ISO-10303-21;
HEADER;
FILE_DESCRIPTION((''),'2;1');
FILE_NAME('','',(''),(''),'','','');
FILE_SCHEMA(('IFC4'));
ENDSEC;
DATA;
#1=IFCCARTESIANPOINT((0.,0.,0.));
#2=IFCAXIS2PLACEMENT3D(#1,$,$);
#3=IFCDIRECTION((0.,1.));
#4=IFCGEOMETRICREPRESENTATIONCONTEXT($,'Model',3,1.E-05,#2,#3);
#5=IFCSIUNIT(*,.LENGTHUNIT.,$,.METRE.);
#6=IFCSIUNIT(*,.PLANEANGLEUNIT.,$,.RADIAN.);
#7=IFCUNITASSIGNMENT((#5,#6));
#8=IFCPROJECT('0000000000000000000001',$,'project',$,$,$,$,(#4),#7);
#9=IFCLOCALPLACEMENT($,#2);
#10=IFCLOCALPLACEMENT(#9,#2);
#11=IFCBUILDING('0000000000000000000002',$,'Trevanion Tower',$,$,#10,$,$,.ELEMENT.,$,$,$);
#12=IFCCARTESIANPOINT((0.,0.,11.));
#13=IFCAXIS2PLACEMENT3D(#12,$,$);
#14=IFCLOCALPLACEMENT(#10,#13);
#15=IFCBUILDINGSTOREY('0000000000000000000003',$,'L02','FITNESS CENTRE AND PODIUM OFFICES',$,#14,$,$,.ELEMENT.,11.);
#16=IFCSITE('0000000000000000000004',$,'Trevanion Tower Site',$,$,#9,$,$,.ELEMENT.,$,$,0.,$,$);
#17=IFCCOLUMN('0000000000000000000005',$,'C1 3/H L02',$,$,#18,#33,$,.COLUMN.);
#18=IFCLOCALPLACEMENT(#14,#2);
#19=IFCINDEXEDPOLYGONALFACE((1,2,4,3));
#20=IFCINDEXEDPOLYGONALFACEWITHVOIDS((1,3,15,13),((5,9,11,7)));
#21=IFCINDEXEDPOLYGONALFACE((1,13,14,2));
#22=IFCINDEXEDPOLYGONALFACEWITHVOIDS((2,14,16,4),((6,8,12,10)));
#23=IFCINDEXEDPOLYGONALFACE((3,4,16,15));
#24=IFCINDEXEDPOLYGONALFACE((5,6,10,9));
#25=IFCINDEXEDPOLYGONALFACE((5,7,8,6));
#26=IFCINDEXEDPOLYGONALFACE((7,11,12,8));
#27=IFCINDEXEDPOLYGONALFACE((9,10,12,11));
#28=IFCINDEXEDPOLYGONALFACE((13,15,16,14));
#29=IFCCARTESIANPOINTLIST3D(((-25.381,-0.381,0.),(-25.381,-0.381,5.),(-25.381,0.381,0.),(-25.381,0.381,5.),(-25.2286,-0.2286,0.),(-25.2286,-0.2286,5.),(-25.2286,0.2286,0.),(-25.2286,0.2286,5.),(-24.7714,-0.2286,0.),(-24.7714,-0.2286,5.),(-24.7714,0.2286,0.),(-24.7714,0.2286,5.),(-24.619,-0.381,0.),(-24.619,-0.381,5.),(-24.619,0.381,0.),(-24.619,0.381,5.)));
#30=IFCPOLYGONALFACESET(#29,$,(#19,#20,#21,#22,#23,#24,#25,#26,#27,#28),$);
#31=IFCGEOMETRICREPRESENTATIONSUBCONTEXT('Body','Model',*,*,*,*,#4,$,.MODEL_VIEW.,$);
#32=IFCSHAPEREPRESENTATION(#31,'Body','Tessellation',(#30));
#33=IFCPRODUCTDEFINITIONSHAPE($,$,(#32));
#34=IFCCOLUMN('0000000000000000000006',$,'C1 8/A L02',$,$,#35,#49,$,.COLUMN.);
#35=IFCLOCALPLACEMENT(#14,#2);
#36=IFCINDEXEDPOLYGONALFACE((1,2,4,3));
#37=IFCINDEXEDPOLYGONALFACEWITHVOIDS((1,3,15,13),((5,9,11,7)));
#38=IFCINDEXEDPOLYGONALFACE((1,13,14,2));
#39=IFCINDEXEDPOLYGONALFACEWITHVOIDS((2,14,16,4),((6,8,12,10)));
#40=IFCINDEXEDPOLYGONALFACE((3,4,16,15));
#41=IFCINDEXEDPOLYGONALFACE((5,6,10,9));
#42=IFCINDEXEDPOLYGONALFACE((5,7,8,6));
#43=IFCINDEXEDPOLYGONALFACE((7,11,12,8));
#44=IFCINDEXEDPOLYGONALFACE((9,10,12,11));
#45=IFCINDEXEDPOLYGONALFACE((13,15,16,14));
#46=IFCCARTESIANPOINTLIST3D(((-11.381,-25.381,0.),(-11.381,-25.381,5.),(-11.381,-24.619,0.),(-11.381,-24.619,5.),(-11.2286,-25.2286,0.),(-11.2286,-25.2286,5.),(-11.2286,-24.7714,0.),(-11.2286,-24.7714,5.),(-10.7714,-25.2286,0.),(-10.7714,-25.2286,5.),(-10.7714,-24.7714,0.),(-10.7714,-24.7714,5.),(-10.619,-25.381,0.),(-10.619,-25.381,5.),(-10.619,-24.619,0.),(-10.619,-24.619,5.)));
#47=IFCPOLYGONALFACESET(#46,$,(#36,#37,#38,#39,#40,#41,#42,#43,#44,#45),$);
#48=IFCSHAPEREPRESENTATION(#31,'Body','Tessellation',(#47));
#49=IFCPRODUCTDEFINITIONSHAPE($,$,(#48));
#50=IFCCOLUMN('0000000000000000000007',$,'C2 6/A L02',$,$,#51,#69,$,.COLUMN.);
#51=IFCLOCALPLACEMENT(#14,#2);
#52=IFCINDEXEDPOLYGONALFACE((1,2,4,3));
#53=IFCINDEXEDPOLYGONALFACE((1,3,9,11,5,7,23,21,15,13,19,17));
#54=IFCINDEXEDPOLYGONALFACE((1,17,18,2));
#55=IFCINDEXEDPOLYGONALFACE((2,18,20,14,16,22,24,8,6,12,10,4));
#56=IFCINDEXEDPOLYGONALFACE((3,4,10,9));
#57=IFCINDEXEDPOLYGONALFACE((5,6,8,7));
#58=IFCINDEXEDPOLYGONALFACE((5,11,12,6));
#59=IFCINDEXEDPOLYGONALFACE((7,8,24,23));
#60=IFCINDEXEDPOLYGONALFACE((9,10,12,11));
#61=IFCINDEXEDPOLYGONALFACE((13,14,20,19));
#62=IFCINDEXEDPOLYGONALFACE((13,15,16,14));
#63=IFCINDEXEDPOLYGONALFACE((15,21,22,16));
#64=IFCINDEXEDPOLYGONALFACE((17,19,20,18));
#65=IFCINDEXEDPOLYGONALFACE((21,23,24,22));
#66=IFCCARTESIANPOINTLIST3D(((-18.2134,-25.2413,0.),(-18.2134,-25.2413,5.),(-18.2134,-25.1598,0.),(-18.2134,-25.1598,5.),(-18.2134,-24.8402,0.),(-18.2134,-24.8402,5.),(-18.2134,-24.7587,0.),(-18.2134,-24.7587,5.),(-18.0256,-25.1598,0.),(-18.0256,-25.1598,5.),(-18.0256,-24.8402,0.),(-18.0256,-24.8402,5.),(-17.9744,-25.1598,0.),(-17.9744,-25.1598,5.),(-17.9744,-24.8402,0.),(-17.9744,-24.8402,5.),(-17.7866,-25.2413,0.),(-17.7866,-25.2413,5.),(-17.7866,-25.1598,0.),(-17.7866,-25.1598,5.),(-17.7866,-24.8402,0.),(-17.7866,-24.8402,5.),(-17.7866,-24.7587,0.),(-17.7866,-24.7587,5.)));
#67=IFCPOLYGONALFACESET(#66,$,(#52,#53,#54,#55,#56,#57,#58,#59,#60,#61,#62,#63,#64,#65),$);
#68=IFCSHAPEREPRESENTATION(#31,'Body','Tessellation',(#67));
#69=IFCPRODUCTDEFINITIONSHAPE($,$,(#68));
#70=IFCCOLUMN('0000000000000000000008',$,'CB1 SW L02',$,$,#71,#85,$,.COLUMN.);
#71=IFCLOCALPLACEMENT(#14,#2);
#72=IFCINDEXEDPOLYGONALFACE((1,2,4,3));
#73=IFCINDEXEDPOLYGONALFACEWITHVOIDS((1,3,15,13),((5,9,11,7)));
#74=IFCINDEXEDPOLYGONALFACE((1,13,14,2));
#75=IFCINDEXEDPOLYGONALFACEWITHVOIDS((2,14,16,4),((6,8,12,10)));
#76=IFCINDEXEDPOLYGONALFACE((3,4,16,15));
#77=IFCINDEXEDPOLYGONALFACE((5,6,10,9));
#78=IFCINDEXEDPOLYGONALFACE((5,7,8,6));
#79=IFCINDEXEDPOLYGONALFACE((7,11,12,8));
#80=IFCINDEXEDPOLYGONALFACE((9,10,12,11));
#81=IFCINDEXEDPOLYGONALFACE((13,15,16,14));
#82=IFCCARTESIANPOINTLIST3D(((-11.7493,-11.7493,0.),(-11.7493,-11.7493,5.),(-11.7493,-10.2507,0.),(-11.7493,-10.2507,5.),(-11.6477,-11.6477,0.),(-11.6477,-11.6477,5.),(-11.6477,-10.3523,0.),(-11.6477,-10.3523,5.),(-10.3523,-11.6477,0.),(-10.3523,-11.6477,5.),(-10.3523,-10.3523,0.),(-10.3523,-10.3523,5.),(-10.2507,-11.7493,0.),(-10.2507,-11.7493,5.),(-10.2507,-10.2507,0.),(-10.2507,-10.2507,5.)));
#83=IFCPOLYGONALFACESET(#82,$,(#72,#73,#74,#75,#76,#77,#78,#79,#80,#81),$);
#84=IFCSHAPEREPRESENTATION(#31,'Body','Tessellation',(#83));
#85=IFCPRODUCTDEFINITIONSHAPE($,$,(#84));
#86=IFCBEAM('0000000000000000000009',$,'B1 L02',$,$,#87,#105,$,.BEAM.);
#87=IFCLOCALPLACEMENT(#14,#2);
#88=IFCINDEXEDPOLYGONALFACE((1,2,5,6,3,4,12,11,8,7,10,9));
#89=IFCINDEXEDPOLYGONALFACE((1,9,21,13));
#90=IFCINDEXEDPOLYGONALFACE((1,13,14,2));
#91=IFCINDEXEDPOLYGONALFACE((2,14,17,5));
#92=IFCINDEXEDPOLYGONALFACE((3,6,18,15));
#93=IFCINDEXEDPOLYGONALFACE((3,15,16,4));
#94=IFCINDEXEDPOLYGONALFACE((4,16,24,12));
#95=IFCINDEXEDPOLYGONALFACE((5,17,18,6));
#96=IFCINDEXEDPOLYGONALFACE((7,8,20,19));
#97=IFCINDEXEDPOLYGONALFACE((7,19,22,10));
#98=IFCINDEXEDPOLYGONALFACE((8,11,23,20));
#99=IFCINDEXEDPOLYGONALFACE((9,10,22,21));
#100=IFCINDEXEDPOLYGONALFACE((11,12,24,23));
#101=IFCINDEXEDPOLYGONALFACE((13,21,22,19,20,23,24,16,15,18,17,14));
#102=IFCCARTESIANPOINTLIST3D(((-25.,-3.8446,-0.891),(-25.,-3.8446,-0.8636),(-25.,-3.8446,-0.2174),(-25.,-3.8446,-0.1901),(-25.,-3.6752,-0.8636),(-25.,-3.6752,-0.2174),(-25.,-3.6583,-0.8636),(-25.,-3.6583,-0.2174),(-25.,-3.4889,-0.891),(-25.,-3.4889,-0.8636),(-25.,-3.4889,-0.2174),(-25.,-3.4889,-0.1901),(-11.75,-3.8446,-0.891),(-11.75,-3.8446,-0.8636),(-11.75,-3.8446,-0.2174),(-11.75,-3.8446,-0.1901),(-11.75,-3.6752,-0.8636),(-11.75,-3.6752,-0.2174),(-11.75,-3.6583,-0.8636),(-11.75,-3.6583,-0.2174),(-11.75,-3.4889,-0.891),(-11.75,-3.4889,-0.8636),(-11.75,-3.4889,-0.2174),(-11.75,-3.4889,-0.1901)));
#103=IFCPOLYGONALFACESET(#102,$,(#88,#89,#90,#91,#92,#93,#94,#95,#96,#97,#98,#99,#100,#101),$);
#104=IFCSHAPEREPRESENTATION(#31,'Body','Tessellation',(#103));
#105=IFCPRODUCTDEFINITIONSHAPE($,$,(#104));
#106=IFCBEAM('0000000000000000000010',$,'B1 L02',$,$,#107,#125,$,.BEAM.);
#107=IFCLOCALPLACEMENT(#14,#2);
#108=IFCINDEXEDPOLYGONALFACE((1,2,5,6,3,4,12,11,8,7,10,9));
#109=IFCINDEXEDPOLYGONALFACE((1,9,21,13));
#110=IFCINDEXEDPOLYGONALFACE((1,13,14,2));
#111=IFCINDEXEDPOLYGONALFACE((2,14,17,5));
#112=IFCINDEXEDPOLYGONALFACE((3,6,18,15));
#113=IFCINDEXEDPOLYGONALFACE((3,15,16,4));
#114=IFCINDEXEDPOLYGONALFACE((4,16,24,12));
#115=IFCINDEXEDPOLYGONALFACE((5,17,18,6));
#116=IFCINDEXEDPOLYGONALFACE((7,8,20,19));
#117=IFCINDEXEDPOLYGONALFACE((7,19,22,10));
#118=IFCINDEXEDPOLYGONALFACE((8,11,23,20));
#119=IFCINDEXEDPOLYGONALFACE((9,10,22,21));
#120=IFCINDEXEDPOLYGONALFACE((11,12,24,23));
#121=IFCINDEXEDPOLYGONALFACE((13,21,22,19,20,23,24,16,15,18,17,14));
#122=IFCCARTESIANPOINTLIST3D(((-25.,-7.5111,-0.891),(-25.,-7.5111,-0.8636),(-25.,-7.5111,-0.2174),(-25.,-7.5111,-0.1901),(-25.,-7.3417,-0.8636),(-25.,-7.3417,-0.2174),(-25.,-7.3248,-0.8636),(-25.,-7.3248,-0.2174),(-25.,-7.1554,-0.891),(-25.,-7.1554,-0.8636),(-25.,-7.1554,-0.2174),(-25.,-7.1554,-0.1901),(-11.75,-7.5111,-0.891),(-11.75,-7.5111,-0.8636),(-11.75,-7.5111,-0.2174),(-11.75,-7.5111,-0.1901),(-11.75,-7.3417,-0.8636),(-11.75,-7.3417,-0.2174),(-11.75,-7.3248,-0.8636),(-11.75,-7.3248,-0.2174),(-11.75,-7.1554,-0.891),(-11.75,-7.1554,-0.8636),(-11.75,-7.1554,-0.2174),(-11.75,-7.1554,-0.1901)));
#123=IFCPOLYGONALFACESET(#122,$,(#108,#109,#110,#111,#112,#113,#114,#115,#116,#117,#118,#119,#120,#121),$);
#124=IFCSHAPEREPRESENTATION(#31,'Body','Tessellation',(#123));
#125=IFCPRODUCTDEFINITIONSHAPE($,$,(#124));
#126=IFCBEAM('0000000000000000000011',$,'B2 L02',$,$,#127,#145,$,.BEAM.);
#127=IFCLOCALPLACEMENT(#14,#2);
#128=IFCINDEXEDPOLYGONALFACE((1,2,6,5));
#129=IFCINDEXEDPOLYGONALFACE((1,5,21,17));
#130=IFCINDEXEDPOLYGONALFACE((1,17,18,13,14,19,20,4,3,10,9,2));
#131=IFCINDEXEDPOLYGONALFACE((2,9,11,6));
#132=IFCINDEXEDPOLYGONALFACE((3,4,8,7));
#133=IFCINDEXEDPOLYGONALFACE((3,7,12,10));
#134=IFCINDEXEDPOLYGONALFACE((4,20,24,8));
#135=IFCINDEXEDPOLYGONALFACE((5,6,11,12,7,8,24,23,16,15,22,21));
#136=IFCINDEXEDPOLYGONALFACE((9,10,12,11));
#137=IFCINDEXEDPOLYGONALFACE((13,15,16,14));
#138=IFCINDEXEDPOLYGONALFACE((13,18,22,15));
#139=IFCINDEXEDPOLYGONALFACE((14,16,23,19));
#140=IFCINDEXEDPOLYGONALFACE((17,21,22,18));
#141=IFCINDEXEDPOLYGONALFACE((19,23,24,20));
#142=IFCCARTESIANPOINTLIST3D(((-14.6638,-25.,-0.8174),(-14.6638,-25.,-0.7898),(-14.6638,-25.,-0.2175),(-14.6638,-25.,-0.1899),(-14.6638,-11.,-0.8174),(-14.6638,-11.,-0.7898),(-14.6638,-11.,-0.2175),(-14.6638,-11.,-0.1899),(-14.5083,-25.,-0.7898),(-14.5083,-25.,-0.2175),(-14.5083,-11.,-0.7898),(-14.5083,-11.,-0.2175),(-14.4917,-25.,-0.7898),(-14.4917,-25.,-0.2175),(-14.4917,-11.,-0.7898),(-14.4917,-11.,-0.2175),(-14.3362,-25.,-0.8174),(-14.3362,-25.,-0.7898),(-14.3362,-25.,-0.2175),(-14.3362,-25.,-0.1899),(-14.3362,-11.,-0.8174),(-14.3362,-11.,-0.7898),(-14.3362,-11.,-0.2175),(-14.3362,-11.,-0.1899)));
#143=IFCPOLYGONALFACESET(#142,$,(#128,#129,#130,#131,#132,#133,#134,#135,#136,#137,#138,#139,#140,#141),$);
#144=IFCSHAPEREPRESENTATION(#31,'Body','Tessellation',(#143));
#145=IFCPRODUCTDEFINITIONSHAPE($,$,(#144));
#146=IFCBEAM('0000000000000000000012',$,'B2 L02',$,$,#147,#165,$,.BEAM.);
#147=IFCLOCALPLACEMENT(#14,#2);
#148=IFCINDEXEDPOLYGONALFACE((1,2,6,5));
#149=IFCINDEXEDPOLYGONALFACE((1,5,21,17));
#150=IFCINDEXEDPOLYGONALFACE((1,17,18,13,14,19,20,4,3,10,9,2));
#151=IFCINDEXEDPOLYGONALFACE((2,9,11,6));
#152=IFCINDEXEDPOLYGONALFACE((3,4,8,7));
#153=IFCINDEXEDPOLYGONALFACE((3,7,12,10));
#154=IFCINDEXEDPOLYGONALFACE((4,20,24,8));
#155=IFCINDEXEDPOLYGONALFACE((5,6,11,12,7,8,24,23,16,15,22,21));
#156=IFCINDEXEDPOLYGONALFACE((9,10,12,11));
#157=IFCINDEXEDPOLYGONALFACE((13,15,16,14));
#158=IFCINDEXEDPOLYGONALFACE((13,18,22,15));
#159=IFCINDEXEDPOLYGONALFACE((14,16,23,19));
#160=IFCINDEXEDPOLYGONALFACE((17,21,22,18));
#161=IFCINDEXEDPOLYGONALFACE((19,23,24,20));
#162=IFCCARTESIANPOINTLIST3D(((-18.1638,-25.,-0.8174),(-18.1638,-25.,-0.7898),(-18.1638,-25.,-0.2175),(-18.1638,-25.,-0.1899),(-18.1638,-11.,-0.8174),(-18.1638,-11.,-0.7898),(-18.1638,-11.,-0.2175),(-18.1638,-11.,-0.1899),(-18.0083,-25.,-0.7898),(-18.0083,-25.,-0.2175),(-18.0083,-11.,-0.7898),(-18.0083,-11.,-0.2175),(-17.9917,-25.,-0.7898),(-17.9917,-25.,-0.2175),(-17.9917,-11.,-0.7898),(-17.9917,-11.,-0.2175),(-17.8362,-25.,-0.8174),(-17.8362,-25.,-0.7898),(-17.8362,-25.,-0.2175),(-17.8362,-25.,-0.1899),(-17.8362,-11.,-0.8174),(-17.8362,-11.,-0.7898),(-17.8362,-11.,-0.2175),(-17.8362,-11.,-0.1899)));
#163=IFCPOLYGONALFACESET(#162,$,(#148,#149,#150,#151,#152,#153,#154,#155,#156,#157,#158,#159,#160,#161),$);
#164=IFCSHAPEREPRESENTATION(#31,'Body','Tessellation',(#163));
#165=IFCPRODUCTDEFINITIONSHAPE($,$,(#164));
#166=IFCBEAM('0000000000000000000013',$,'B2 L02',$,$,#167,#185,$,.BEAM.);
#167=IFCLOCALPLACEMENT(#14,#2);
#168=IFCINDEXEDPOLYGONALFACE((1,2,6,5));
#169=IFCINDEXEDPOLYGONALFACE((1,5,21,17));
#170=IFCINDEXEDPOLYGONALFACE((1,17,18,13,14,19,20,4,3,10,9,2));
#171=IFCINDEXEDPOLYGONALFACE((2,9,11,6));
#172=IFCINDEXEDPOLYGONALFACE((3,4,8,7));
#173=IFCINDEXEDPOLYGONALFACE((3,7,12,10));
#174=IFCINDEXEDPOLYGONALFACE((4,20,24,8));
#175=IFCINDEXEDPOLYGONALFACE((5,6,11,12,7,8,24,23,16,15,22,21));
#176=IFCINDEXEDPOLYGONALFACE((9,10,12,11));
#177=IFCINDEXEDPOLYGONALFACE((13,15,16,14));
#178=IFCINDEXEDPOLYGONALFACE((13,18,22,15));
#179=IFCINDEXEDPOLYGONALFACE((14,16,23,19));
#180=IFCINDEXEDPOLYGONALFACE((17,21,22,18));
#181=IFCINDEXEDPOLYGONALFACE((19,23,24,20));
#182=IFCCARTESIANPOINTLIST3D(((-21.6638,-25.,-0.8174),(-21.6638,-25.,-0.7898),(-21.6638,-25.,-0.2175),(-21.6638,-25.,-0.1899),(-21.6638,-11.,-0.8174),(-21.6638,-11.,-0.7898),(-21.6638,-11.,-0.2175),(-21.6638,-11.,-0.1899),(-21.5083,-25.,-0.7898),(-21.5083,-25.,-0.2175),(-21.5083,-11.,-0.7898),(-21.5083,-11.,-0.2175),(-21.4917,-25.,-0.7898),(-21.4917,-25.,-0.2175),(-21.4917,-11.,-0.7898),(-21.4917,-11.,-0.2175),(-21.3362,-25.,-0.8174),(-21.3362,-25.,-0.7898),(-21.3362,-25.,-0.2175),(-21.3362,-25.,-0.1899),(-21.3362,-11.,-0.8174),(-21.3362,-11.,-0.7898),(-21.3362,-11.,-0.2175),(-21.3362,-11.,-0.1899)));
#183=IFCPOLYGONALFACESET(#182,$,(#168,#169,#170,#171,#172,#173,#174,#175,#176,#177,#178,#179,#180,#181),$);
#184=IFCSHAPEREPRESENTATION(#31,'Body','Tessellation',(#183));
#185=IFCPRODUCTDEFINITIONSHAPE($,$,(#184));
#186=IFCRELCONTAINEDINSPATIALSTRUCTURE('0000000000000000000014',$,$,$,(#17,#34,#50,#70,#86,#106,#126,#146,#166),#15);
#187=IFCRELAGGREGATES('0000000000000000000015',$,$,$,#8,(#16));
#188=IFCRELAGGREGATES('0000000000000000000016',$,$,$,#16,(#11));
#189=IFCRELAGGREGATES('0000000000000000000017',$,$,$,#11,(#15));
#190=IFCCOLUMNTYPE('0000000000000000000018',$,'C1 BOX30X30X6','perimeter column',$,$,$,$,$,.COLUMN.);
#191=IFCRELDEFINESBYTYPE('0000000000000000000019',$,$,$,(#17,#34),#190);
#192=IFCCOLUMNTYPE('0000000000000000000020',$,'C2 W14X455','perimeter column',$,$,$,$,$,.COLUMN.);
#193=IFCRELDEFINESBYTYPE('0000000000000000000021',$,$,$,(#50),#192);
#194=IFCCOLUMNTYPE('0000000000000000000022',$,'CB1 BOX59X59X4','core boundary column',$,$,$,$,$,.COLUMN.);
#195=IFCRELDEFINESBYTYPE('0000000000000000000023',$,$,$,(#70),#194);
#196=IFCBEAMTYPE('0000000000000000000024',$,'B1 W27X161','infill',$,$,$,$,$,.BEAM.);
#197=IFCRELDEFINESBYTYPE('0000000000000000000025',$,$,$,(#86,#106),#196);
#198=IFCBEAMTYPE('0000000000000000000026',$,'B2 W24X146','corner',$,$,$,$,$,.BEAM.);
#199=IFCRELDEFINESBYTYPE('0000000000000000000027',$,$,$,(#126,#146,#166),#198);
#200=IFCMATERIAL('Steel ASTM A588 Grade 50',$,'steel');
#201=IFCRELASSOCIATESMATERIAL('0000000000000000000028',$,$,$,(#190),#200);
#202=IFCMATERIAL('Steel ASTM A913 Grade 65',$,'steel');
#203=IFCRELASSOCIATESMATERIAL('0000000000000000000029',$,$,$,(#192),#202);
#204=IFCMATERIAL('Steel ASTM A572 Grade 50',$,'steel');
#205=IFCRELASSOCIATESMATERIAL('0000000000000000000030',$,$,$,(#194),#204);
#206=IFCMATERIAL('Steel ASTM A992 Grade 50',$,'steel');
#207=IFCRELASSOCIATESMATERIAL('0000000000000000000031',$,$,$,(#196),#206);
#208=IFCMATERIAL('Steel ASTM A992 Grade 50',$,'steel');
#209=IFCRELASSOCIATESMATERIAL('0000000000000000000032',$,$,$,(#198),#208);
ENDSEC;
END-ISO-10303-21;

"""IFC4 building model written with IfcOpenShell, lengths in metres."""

from ifc_helpers import new_model, si_unit, direction, frame, origin, origin_2d, place, context, subcontext, project, spatial, hollow_rectangle, i_section, extrude, material, material_profile, profile_set, type_object, element, save


model = new_model("IFC4")

# Units and contexts
model_context = context("Model", 3, precision=1e-05, world=origin(), true_north=direction((0.0, 1.0)))
body_context = subcontext(model_context, "Body", "Model", "MODEL_VIEW")
ifc_project = project(units=[si_unit("LENGTHUNIT", "METRE"), si_unit("PLANEANGLEUNIT", "RADIAN")], contexts=[model_context])

# Site, building, storey
site_placement = place(None, origin())
site = spatial("IfcSite", under=ifc_project, at=site_placement, Name="Trevanion Tower Site", CompositionType="ELEMENT", RefElevation=0.0)
building_placement = place(site_placement, origin())
building = spatial("IfcBuilding", under=site, at=building_placement, Name="Trevanion Tower", CompositionType="ELEMENT")
storey_placement = place(building_placement, frame((0.0, 0.0, 11.0)))
storey = spatial("IfcBuildingStorey", under=building, at=storey_placement, Name="L02", Description="FITNESS CENTRE AND PODIUM OFFICES", CompositionType="ELEMENT", Elevation=11.0)

# Columns
ifc_material_1 = material(Name="Steel ASTM A588 Grade 50", Category="steel")
ifc_material_profile_1 = material_profile(ifc_material_1, hollow_rectangle(XDim=0.762, YDim=0.762, WallThickness=0.1523, at=origin_2d()), Name="BOX30X30X6")
ifc_profile_set_1 = profile_set([ifc_material_profile_1], Name="Steel ASTM A588 Grade 50")
column_type_1 = type_object("IfcColumnType", Name="C1 BOX30X30X6", Description="perimeter column", PredefinedType="COLUMN", material=ifc_profile_set_1)
for number, where, z_axis, x_axis, name in (
    (1, (-25.0, 0.0, 0.0), (0.0, 0.0, 1.0), (0.0, 1.0, 0.0), "C1 3/H L02"),
    (2, (-11.0, -25.0, 0.0), (0.0, 0.0, 1.0), (1.0, 0.0, 0.0), "C1 8/A L02"),
):
    element("IfcColumn", number, at=place(storey_placement, frame(where, z_axis=z_axis, x_axis=x_axis)), inside=storey, type_object=column_type_1, Name=name, PredefinedType="COLUMN", context=body_context, shape_type="SweptSolid", body=[
        extrude(hollow_rectangle(XDim=0.762, YDim=0.762, WallThickness=0.1523, at=origin_2d()), origin(), (0.0, 0.0, 1.0), 5.0),
    ])
ifc_material_2 = material(Name="Steel ASTM A913 Grade 65", Category="steel")
ifc_material_profile_2 = material_profile(ifc_material_2, i_section(OverallWidth=0.4268, OverallDepth=0.4827, WebThickness=0.0513, FlangeThickness=0.0815, at=origin_2d()), Name="W14X455")
ifc_profile_set_2 = profile_set([ifc_material_profile_2], Name="Steel ASTM A913 Grade 65")
column_type_2 = type_object("IfcColumnType", Name="C2 W14X455", Description="perimeter column", PredefinedType="COLUMN", material=ifc_profile_set_2)
column_1_placement = place(storey_placement, frame((-18.0, -25.0, 0.0), z_axis=(0.0, 0.0, 1.0), x_axis=(1.0, 0.0, 0.0)))
element("IfcColumn", 3, at=column_1_placement, inside=storey, type_object=column_type_2, Name="C2 6/A L02", PredefinedType="COLUMN", context=body_context, shape_type="SweptSolid", body=[
    extrude(i_section(OverallWidth=0.4268, OverallDepth=0.4827, WebThickness=0.0513, FlangeThickness=0.0815, at=origin_2d()), origin(), (0.0, 0.0, 1.0), 5.0),
])
ifc_material_3 = material(Name="Steel ASTM A572 Grade 50", Category="steel")
ifc_material_profile_3 = material_profile(ifc_material_3, hollow_rectangle(XDim=1.4985, YDim=1.4985, WallThickness=0.1016, at=origin_2d()), Name="BOX59X59X4")
ifc_profile_set_3 = profile_set([ifc_material_profile_3], Name="Steel ASTM A572 Grade 50")
column_type_3 = type_object("IfcColumnType", Name="CB1 BOX59X59X4", Description="core boundary column", PredefinedType="COLUMN", material=ifc_profile_set_3)
column_2_placement = place(storey_placement, frame((-11.0, -11.0, 0.0), z_axis=(0.0, 0.0, 1.0), x_axis=(1.0, 0.0, 0.0)))
element("IfcColumn", 4, at=column_2_placement, inside=storey, type_object=column_type_3, Name="CB1 SW L02", PredefinedType="COLUMN", context=body_context, shape_type="SweptSolid", body=[
    extrude(hollow_rectangle(XDim=1.4985, YDim=1.4985, WallThickness=0.1016, at=origin_2d()), origin(), (0.0, 0.0, 1.0), 5.0),
])

# Beams
ifc_material_4 = material(Name="Steel ASTM A992 Grade 50", Category="steel")
ifc_material_profile_4 = material_profile(ifc_material_4, i_section(OverallWidth=0.3557, OverallDepth=0.7009, WebThickness=0.0168, FlangeThickness=0.0273, at=origin_2d()), Name="W27X161")
ifc_profile_set_4 = profile_set([ifc_material_profile_4], Name="Steel ASTM A992 Grade 50")
beam_type_1 = type_object("IfcBeamType", Name="B1 W27X161", Description="infill", PredefinedType="BEAM", material=ifc_profile_set_4)
for number, where, z_axis, x_axis, name in (
    (5, (-11.75, -3.6667, -0.5405), (-1.0, 0.0, 0.0), (0.0, -1.0, 0.0), "B1 L02"),
    (6, (-11.75, -7.3333, -0.5405), (-1.0, 0.0, 0.0), (0.0, -1.0, 0.0), "B1 L02"),
):
    element("IfcBeam", number, at=place(storey_placement, frame(where, z_axis=z_axis, x_axis=x_axis)), inside=storey, type_object=beam_type_1, Name=name, PredefinedType="BEAM", context=body_context, shape_type="SweptSolid", body=[
        extrude(i_section(OverallWidth=0.3557, OverallDepth=0.7009, WebThickness=0.0168, FlangeThickness=0.0273, at=origin_2d()), origin(), (0.0, 0.0, 1.0), 13.25),
    ])
ifc_material_5 = material(Name="Steel ASTM A992 Grade 50", Category="steel")
ifc_material_profile_5 = material_profile(ifc_material_5, i_section(OverallWidth=0.3276, OverallDepth=0.6274, WebThickness=0.0166, FlangeThickness=0.0276, at=origin_2d()), Name="W24X146")
ifc_profile_set_5 = profile_set([ifc_material_profile_5], Name="Steel ASTM A992 Grade 50")
beam_type_2 = type_object("IfcBeamType", Name="B2 W24X146", Description="corner", PredefinedType="BEAM", material=ifc_profile_set_5)
for number, where, z_axis, x_axis, name in (
    (7, (-14.5, -11.0, -0.5037), (0.0, -1.0, 0.0), (1.0, 0.0, 0.0), "B2 L02"),
    (8, (-18.0, -11.0, -0.5037), (0.0, -1.0, 0.0), (1.0, 0.0, 0.0), "B2 L02"),
    (9, (-21.5, -11.0, -0.5037), (0.0, -1.0, 0.0), (1.0, 0.0, 0.0), "B2 L02"),
):
    element("IfcBeam", number, at=place(storey_placement, frame(where, z_axis=z_axis, x_axis=x_axis)), inside=storey, type_object=beam_type_2, Name=name, PredefinedType="BEAM", context=body_context, shape_type="SweptSolid", body=[
        extrude(i_section(OverallWidth=0.3276, OverallDepth=0.6274, WebThickness=0.0166, FlangeThickness=0.0276, at=origin_2d()), origin(), (0.0, 0.0, 1.0), 14.0),
    ])

save(model, "model.ifc")
